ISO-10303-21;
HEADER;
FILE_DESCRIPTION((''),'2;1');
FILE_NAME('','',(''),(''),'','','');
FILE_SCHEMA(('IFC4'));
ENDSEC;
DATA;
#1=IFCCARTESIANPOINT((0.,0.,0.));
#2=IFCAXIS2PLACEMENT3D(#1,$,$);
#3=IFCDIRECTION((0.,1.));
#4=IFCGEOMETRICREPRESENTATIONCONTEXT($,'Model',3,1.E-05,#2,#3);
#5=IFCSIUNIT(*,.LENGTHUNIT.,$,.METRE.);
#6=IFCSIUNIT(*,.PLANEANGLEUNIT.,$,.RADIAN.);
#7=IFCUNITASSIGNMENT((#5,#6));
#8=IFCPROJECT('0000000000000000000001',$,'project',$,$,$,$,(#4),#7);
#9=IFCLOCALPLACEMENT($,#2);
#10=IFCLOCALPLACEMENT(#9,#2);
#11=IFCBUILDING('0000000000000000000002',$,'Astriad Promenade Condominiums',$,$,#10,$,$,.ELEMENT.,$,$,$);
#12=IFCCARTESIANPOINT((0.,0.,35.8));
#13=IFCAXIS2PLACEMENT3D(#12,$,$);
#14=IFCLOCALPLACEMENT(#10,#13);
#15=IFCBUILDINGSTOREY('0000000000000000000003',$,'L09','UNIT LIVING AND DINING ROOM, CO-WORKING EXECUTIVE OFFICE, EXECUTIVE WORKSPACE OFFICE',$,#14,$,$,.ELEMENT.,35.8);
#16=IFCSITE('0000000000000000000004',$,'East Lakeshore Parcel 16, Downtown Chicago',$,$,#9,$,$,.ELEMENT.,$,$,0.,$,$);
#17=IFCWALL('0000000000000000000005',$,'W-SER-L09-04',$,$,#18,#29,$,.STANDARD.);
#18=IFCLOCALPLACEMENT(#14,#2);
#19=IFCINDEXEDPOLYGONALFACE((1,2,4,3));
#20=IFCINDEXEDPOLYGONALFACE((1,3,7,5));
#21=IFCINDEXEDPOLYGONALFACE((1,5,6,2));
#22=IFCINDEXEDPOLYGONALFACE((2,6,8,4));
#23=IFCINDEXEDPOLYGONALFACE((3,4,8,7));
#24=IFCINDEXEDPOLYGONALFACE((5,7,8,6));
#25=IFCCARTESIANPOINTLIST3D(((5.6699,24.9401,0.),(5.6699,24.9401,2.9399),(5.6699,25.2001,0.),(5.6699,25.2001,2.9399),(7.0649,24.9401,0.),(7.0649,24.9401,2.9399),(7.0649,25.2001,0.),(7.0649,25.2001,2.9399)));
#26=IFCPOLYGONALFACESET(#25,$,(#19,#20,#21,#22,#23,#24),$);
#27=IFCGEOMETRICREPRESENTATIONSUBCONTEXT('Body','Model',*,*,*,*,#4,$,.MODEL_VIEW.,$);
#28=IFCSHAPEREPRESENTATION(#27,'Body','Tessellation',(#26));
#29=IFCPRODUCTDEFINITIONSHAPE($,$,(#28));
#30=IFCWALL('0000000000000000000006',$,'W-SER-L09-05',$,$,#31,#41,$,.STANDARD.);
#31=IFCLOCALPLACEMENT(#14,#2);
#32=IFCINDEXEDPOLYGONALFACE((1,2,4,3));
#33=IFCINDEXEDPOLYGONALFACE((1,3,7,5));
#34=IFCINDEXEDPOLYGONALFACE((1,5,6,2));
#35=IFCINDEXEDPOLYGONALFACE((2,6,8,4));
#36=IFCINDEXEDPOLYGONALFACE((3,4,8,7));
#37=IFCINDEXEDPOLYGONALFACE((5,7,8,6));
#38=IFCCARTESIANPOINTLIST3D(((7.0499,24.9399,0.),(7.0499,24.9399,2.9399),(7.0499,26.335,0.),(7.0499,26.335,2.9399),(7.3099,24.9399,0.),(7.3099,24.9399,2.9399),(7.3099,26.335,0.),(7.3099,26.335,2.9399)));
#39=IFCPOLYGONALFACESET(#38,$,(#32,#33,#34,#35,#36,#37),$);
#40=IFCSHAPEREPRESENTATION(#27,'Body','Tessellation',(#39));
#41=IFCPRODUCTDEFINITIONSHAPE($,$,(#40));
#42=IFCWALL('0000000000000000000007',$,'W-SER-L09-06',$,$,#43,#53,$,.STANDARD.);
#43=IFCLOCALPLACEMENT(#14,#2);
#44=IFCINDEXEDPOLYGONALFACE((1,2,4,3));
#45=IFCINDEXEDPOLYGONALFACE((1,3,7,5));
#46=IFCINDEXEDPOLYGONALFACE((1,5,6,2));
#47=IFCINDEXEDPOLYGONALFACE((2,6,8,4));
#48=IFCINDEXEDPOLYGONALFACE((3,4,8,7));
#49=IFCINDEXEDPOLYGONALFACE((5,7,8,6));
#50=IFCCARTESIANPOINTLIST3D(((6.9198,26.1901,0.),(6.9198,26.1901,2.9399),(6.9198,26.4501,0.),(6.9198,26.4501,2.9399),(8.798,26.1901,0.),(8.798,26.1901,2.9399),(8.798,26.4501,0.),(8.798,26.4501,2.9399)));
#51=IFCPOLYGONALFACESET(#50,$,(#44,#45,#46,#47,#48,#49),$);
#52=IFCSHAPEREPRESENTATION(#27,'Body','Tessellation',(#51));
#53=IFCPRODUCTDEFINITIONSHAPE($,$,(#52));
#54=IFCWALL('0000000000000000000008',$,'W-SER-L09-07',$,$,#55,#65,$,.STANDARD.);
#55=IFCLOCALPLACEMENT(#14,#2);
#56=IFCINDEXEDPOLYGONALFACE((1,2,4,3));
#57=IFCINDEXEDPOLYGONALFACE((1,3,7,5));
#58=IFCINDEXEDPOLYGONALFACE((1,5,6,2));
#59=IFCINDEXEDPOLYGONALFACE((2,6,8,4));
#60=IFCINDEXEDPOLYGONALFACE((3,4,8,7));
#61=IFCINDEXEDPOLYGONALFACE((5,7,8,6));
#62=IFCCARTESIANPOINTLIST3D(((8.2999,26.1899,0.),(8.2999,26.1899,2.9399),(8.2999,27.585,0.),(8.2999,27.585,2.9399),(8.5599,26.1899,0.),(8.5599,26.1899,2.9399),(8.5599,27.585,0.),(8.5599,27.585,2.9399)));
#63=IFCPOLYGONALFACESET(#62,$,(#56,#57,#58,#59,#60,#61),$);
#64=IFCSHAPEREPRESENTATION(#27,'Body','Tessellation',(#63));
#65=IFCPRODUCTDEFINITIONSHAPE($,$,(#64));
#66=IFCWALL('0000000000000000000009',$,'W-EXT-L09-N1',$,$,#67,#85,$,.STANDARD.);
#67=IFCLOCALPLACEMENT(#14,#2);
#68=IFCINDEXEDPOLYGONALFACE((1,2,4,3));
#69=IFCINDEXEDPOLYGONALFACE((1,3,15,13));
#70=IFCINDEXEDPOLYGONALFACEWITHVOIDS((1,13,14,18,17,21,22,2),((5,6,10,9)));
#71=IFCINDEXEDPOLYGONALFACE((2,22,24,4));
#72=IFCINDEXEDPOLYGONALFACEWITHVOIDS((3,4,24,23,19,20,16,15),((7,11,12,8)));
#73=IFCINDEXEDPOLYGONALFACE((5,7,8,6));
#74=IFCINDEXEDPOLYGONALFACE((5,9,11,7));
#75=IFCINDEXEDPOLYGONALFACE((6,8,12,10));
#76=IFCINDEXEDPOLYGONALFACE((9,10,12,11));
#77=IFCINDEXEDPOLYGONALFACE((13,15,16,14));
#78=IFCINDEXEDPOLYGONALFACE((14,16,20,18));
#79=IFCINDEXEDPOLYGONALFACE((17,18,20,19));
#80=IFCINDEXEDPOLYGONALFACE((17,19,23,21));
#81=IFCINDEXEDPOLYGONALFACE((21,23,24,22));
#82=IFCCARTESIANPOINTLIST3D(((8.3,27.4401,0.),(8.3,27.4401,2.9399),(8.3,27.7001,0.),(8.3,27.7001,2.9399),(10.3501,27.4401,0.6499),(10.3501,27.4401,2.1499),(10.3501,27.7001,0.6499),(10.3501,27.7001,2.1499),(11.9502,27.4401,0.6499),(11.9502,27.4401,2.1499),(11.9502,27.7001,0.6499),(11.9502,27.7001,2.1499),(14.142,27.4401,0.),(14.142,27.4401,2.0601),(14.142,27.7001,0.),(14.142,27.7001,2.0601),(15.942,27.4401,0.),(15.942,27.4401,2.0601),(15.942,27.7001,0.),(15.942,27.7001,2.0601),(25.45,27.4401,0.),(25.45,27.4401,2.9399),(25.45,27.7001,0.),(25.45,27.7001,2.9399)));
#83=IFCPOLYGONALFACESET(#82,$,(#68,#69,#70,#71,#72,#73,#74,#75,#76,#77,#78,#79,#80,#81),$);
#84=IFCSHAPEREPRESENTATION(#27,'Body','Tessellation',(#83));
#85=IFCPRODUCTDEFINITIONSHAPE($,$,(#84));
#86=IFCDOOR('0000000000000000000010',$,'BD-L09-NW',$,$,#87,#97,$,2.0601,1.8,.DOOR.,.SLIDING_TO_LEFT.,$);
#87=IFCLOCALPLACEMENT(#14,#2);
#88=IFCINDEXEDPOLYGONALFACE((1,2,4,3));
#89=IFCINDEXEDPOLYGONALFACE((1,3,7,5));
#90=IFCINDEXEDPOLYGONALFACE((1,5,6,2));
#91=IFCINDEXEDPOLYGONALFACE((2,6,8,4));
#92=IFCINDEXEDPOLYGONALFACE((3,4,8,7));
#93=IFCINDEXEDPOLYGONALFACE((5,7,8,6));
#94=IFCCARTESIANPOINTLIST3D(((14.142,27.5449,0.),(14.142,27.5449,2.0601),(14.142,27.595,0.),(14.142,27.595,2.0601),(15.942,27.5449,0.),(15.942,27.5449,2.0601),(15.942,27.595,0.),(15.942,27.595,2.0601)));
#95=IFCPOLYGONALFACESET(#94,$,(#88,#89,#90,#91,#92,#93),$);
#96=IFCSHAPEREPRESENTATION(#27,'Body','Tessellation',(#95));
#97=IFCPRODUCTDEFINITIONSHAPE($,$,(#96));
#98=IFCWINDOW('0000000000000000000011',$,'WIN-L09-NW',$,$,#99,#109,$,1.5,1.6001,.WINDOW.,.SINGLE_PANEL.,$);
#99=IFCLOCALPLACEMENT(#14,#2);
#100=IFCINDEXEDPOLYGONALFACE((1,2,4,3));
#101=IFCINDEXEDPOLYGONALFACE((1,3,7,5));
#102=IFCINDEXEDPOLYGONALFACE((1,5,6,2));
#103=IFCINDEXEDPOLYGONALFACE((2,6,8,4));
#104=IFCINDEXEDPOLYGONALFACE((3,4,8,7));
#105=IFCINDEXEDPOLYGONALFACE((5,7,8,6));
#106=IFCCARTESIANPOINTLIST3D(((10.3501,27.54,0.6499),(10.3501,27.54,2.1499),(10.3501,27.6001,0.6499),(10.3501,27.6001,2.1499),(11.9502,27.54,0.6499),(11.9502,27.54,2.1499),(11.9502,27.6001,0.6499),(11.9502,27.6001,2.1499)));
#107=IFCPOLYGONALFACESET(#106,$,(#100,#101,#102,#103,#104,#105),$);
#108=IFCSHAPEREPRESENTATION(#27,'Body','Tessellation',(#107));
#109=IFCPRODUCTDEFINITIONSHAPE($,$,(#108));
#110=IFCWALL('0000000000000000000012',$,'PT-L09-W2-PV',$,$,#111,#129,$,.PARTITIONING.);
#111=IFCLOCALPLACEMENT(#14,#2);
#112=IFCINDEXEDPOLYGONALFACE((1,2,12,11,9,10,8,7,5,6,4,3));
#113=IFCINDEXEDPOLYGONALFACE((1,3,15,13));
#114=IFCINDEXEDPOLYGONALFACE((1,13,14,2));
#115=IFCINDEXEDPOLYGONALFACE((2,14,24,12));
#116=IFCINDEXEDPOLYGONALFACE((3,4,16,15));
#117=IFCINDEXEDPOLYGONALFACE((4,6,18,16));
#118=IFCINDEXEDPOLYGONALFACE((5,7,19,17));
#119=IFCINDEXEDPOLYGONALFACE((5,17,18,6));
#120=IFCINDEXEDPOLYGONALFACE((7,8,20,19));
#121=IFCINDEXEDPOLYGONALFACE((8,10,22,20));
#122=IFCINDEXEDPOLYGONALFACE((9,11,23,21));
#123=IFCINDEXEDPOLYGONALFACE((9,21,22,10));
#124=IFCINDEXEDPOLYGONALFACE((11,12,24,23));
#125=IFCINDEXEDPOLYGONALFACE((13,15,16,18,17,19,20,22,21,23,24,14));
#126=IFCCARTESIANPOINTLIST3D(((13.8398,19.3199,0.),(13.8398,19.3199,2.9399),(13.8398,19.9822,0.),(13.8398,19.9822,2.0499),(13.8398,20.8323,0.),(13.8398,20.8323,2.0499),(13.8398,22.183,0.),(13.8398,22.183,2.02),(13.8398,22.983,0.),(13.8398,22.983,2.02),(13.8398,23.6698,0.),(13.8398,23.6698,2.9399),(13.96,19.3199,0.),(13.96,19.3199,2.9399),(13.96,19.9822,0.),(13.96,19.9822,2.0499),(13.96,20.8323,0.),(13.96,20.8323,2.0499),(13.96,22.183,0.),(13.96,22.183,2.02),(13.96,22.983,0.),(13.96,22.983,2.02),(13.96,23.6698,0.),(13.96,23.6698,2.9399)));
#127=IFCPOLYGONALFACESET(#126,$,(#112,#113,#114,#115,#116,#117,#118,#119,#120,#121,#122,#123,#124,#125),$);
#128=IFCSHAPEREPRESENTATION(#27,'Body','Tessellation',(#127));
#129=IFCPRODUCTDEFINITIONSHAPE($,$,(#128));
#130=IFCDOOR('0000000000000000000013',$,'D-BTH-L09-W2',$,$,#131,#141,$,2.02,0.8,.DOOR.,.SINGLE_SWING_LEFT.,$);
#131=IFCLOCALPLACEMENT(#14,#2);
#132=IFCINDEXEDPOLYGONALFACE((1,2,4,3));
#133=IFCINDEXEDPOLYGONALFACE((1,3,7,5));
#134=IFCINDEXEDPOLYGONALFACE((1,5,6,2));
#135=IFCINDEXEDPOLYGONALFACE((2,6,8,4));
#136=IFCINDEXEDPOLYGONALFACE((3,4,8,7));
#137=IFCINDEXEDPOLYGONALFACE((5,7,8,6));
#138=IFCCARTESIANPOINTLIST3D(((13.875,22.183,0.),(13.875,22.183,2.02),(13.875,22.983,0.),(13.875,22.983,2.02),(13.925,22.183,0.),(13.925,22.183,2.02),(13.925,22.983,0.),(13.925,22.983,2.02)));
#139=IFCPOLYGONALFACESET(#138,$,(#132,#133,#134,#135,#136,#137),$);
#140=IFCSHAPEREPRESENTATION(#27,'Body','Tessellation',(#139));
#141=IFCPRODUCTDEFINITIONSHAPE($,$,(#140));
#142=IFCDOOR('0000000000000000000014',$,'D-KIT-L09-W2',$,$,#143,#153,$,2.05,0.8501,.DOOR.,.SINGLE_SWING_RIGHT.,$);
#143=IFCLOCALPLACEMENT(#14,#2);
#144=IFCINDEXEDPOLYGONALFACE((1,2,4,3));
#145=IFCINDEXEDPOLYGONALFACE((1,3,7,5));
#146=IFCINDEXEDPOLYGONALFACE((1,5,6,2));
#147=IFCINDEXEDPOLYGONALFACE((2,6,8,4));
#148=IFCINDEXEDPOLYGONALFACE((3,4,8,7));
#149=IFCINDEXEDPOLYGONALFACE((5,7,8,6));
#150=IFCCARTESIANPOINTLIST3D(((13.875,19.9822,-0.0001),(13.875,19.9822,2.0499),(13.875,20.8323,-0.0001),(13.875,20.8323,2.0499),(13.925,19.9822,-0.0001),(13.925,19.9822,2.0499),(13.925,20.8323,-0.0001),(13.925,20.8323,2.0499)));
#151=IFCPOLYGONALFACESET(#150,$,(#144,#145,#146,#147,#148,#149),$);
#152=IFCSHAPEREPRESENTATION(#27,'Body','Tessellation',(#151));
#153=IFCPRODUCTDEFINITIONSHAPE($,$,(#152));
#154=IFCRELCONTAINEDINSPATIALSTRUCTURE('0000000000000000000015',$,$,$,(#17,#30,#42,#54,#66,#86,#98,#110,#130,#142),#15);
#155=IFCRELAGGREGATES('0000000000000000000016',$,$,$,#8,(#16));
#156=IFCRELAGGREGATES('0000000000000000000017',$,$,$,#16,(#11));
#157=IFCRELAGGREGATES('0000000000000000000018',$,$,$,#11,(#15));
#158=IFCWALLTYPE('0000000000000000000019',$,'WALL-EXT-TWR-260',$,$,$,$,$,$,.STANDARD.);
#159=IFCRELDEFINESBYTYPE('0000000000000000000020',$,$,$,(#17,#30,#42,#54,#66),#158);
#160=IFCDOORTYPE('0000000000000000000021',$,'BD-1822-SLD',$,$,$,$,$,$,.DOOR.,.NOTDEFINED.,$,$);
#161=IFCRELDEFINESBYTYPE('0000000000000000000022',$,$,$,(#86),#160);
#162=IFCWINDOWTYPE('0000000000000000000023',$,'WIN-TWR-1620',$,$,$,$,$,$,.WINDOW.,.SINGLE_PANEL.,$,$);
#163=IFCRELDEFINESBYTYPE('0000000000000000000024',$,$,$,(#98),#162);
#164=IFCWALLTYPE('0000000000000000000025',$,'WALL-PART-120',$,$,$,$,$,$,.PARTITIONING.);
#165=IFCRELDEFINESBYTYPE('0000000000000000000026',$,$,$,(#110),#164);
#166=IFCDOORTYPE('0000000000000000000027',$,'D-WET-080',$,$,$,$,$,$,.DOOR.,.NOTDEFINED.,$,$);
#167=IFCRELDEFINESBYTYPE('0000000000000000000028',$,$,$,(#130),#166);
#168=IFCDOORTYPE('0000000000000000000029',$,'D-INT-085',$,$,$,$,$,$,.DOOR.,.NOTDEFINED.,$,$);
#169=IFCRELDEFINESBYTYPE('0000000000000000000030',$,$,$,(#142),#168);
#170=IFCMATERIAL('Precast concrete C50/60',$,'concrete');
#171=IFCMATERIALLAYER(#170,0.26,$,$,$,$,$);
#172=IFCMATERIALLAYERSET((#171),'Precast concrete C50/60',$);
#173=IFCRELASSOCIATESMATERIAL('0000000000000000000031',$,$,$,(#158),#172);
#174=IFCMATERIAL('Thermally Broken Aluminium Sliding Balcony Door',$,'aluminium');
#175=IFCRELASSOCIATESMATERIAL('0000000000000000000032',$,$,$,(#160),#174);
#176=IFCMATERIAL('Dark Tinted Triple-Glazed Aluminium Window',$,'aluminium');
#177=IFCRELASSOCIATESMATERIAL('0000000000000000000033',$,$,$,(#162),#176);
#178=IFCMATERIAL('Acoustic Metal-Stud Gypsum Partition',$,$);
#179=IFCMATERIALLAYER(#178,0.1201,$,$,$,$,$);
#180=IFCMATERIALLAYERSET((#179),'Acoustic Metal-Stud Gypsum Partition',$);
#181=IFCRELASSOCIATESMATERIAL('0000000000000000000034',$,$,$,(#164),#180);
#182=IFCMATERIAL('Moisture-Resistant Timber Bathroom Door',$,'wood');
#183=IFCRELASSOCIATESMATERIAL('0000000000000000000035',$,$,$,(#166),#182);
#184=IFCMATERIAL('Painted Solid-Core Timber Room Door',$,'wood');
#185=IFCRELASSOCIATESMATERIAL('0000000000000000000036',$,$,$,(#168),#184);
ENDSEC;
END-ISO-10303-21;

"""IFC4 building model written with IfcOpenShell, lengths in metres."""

from ifc_helpers import new_model, si_unit, direction, frame, frame_2d, origin, place, context, subcontext, project, spatial, rectangle, extrude, source, transform, mapped, material, layer, layer_set, type_object, type_shapes, element, fill, save


model = new_model("IFC4")

# Units and contexts
model_context = context("Model", 3, precision=1e-05, world=origin(), true_north=direction((0.0, 1.0)))
body_context = subcontext(model_context, "Body", "Model", "MODEL_VIEW")
ifc_project = project(units=[si_unit("LENGTHUNIT", "METRE"), si_unit("PLANEANGLEUNIT", "RADIAN")], contexts=[model_context])

# Site, building, storey
site_placement = place(None, origin())
site = spatial("IfcSite", under=ifc_project, at=site_placement, Name="East Lakeshore Parcel 16, Downtown Chicago", CompositionType="ELEMENT", RefElevation=0.0)
building_placement = place(site_placement, origin())
building = spatial("IfcBuilding", under=site, at=building_placement, Name="Astriad Promenade Condominiums", CompositionType="ELEMENT")
storey_placement = place(building_placement, frame((0.0, 0.0, 35.8)))
storey = spatial("IfcBuildingStorey", under=building, at=storey_placement, Name="L09", Description="UNIT LIVING AND DINING ROOM, CO-WORKING EXECUTIVE OFFICE, EXECUTIVE WORKSPACE OFFICE", CompositionType="ELEMENT", Elevation=35.8)

# Walls
ifc_material_1 = material(Name="Precast concrete C50/60", Category="concrete")
ifc_layer_1 = layer(ifc_material_1, 0.26)
ifc_layer_set_1 = layer_set([ifc_layer_1], Name="Precast concrete C50/60")
wall_type_1 = type_object("IfcWallType", Name="WALL-EXT-TWR-260", PredefinedType="STANDARD", material=ifc_layer_set_1)
for number, where, z_axis, x_axis, name in (
    (1, (5.6699, 25.0701, 0.0), (0.0, 0.0, 1.0), (1.0, 0.0, 0.0), "W-SER-L09-04"),
    (2, (7.1799, 24.9399, 0.0), (0.0, 0.0, 1.0), (0.0, 1.0, 0.0), "W-SER-L09-05"),
):
    element("IfcWall", number, at=place(storey_placement, frame(where, z_axis=z_axis, x_axis=x_axis)), inside=storey, type_object=wall_type_1, Name=name, PredefinedType="STANDARD", context=body_context, shape_type="SweptSolid", body=[
        extrude(rectangle(XDim=1.395, YDim=0.26, at=frame_2d((0.6975, 0.0))), origin(), (0.0, 0.0, 1.0), 2.9399),
    ])
wall_1_placement = place(storey_placement, frame((6.9199, 26.3201, 0.0), z_axis=(0.0, 0.0, 1.0), x_axis=(1.0, 0.0, 0.0)))
element("IfcWall", 3, at=wall_1_placement, inside=storey, type_object=wall_type_1, Name="W-SER-L09-06", PredefinedType="STANDARD", context=body_context, shape_type="SweptSolid", body=[
    extrude(rectangle(XDim=1.8782, YDim=0.26, at=frame_2d((0.939, 0.0))), origin(), (0.0, 0.0, 1.0), 2.9399),
])
wall_2_placement = place(storey_placement, frame((8.4299, 26.1899, 0.0), z_axis=(0.0, 0.0, 1.0), x_axis=(0.0, 1.0, 0.0)))
element("IfcWall", 4, at=wall_2_placement, inside=storey, type_object=wall_type_1, Name="W-SER-L09-07", PredefinedType="STANDARD", context=body_context, shape_type="SweptSolid", body=[
    extrude(rectangle(XDim=1.395, YDim=0.26, at=frame_2d((0.6975, 0.0))), origin(), (0.0, 0.0, 1.0), 2.9399),
])

# Wall, openings, door, window
wall_3_placement = place(storey_placement, frame((8.3, 27.5701, 0.0), z_axis=(0.0, 0.0, 1.0), x_axis=(1.0, 0.0, 0.0)))
wall_3 = element("IfcWall", 5, at=wall_3_placement, inside=storey, type_object=wall_type_1, Name="W-EXT-L09-N1", PredefinedType="STANDARD", context=body_context, shape_type="SweptSolid", body=[
    extrude(rectangle(XDim=17.1499, YDim=0.26, at=frame_2d((8.575, 0.0))), origin(), (0.0, 0.0, 1.0), 2.9399),
])
opening_1_placement = place(wall_3_placement, frame((5.842, 0.0, 0.0)))
opening_1 = element("IfcOpeningElement", 6, at=opening_1_placement, cuts=wall_3, PredefinedType="OPENING", context=body_context, shape_type="SweptSolid", body=[
    extrude(rectangle(XDim=1.8, YDim=2.0601, at=frame_2d((0.8999, 1.03))), frame((0.0, 0.1399, 0.0), z_axis=(0.0, -1.0, 0.0), x_axis=(1.0, 0.0, 0.0)), (0.0, 0.0, 1.0), 0.28),
])
opening_2_placement = place(wall_3_placement, frame((2.05, 0.0, 0.6499)))
opening_2 = element("IfcOpeningElement", 7, at=opening_2_placement, cuts=wall_3, PredefinedType="OPENING", context=body_context, shape_type="SweptSolid", body=[
    extrude(rectangle(XDim=1.6001, YDim=1.5, at=frame_2d((0.8, 0.75))), frame((0.0, 0.1399, 0.0), z_axis=(0.0, -1.0, 0.0), x_axis=(1.0, 0.0, 0.0)), (0.0, 0.0, 1.0), 0.28),
])
ifc_material_2 = material(Name="Thermally Broken Aluminium Sliding Balcony Door", Category="aluminium")
door_type_1 = type_object("IfcDoorType", Name="BD-1822-SLD", OperationType="NOTDEFINED", PredefinedType="DOOR", material=ifc_material_2)
shared_shape_1 = source(origin(), body_context, "Body", "SweptSolid", [
    extrude(rectangle(XDim=1.8, YDim=2.0601, at=frame_2d((0.8999, 1.03))), frame((0.0, 0.0249, 0.0), z_axis=(0.0, -1.0, 0.0), x_axis=(1.0, 0.0, 0.0)), (0.0, 0.0, 1.0), 0.05),
])
type_shapes(door_type_1, [shared_shape_1])
door_1_placement = place(opening_1_placement, origin())
door_1 = element("IfcDoor", 8, at=door_1_placement, inside=storey, type_object=door_type_1, Name="BD-L09-NW", OperationType="SLIDING_TO_LEFT", OverallHeight=2.0601, OverallWidth=1.8, PredefinedType="DOOR", context=body_context, shape_type="MappedRepresentation", body=[
    mapped(shared_shape_1, transform((0.0, 0.0, 0.0), scale=1.0)),
])
fill(opening_1, door_1)
ifc_material_3 = material(Name="Dark Tinted Triple-Glazed Aluminium Window", Category="aluminium")
window_type = type_object("IfcWindowType", Name="WIN-TWR-1620", PartitioningType="SINGLE_PANEL", PredefinedType="WINDOW", material=ifc_material_3)
shared_shape_2 = source(origin(), body_context, "Body", "SweptSolid", [
    extrude(rectangle(XDim=1.6001, YDim=1.5, at=frame_2d((0.8, 0.75))), frame((0.0, 0.03, 0.0), z_axis=(0.0, -1.0, 0.0), x_axis=(1.0, 0.0, 0.0)), (0.0, 0.0, 1.0), 0.0601),
])
type_shapes(window_type, [shared_shape_2])
window_placement = place(opening_2_placement, origin())
window = element("IfcWindow", 9, at=window_placement, inside=storey, type_object=window_type, Name="WIN-L09-NW", OverallHeight=1.5, OverallWidth=1.6001, PartitioningType="SINGLE_PANEL", PredefinedType="WINDOW", context=body_context, shape_type="MappedRepresentation", body=[
    mapped(shared_shape_2, transform((0.0, 0.0, 0.0), scale=1.0)),
])
fill(opening_2, window)

# Wall, openings, doors
ifc_material_4 = material(Name="Acoustic Metal-Stud Gypsum Partition")
ifc_layer_2 = layer(ifc_material_4, 0.1201)
ifc_layer_set_2 = layer_set([ifc_layer_2], Name="Acoustic Metal-Stud Gypsum Partition")
wall_type_2 = type_object("IfcWallType", Name="WALL-PART-120", PredefinedType="PARTITIONING", material=ifc_layer_set_2)
wall_4_placement = place(storey_placement, frame((13.8999, 19.3201, 0.0), z_axis=(0.0, 0.0, 1.0), x_axis=(0.0, 1.0, 0.0)))
wall_4 = element("IfcWall", 10, at=wall_4_placement, inside=storey, type_object=wall_type_2, Name="PT-L09-W2-PV", PredefinedType="PARTITIONING", context=body_context, shape_type="SweptSolid", body=[
    extrude(rectangle(XDim=4.3499, YDim=0.1201, at=frame_2d((2.1748, 0.0))), origin(), (0.0, 0.0, 1.0), 2.9399),
])
opening_3_placement = place(wall_4_placement, frame((0.6621, 0.0, 0.0)))
opening_3 = element("IfcOpeningElement", 11, at=opening_3_placement, cuts=wall_4, PredefinedType="OPENING", context=body_context, shape_type="SweptSolid", body=[
    extrude(rectangle(XDim=0.8501, YDim=2.05, at=frame_2d((0.425, 1.0249))), frame((0.0, 0.0701, 0.0), z_axis=(0.0, -1.0, 0.0), x_axis=(1.0, 0.0, 0.0)), (0.0, 0.0, 1.0), 0.1401),
])
opening_4_placement = place(wall_4_placement, frame((2.863, 0.0, 0.0)))
opening_4 = element("IfcOpeningElement", 12, at=opening_4_placement, cuts=wall_4, PredefinedType="OPENING", context=body_context, shape_type="SweptSolid", body=[
    extrude(rectangle(XDim=0.8, YDim=2.02, at=frame_2d((0.3999, 1.01))), frame((0.0, 0.0701, 0.0), z_axis=(0.0, -1.0, 0.0), x_axis=(1.0, 0.0, 0.0)), (0.0, 0.0, 1.0), 0.1401),
])
ifc_material_5 = material(Name="Moisture-Resistant Timber Bathroom Door", Category="wood")
door_type_2 = type_object("IfcDoorType", Name="D-WET-080", OperationType="NOTDEFINED", PredefinedType="DOOR", material=ifc_material_5)
shared_shape_3 = source(origin(), body_context, "Body", "SweptSolid", [
    extrude(rectangle(XDim=0.8, YDim=2.02, at=frame_2d((0.3999, 1.01))), frame((0.0, 0.0249, 0.0), z_axis=(0.0, -1.0, 0.0), x_axis=(1.0, 0.0, 0.0)), (0.0, 0.0, 1.0), 0.05),
])
type_shapes(door_type_2, [shared_shape_3])
door_2_placement = place(opening_4_placement, origin())
door_2 = element("IfcDoor", 13, at=door_2_placement, inside=storey, type_object=door_type_2, Name="D-BTH-L09-W2", OperationType="SINGLE_SWING_LEFT", OverallHeight=2.02, OverallWidth=0.8, PredefinedType="DOOR", context=body_context, shape_type="MappedRepresentation", body=[
    mapped(shared_shape_3, transform((0.0, 0.0, 0.0), scale=1.0)),
])
fill(opening_4, door_2)
ifc_material_6 = material(Name="Painted Solid-Core Timber Room Door", Category="wood")
door_type_3 = type_object("IfcDoorType", Name="D-INT-085", OperationType="NOTDEFINED", PredefinedType="DOOR", material=ifc_material_6)
shared_shape_4 = source(origin(), body_context, "Body", "SweptSolid", [
    extrude(rectangle(XDim=0.8501, YDim=2.05, at=frame_2d((0.425, 1.0249))), frame((0.0, 0.0249, 0.0), z_axis=(0.0, -1.0, 0.0), x_axis=(1.0, 0.0, 0.0)), (0.0, 0.0, 1.0), 0.05),
])
type_shapes(door_type_3, [shared_shape_4])
door_3_placement = place(opening_3_placement, origin())
door_3 = element("IfcDoor", 14, at=door_3_placement, inside=storey, type_object=door_type_3, Name="D-KIT-L09-W2", OperationType="SINGLE_SWING_RIGHT", OverallHeight=2.05, OverallWidth=0.8501, PredefinedType="DOOR", context=body_context, shape_type="MappedRepresentation", body=[
    mapped(shared_shape_4, transform((0.0, 0.0, 0.0), scale=1.0)),
])
fill(opening_3, door_3)

save(model, "model.ifc")
